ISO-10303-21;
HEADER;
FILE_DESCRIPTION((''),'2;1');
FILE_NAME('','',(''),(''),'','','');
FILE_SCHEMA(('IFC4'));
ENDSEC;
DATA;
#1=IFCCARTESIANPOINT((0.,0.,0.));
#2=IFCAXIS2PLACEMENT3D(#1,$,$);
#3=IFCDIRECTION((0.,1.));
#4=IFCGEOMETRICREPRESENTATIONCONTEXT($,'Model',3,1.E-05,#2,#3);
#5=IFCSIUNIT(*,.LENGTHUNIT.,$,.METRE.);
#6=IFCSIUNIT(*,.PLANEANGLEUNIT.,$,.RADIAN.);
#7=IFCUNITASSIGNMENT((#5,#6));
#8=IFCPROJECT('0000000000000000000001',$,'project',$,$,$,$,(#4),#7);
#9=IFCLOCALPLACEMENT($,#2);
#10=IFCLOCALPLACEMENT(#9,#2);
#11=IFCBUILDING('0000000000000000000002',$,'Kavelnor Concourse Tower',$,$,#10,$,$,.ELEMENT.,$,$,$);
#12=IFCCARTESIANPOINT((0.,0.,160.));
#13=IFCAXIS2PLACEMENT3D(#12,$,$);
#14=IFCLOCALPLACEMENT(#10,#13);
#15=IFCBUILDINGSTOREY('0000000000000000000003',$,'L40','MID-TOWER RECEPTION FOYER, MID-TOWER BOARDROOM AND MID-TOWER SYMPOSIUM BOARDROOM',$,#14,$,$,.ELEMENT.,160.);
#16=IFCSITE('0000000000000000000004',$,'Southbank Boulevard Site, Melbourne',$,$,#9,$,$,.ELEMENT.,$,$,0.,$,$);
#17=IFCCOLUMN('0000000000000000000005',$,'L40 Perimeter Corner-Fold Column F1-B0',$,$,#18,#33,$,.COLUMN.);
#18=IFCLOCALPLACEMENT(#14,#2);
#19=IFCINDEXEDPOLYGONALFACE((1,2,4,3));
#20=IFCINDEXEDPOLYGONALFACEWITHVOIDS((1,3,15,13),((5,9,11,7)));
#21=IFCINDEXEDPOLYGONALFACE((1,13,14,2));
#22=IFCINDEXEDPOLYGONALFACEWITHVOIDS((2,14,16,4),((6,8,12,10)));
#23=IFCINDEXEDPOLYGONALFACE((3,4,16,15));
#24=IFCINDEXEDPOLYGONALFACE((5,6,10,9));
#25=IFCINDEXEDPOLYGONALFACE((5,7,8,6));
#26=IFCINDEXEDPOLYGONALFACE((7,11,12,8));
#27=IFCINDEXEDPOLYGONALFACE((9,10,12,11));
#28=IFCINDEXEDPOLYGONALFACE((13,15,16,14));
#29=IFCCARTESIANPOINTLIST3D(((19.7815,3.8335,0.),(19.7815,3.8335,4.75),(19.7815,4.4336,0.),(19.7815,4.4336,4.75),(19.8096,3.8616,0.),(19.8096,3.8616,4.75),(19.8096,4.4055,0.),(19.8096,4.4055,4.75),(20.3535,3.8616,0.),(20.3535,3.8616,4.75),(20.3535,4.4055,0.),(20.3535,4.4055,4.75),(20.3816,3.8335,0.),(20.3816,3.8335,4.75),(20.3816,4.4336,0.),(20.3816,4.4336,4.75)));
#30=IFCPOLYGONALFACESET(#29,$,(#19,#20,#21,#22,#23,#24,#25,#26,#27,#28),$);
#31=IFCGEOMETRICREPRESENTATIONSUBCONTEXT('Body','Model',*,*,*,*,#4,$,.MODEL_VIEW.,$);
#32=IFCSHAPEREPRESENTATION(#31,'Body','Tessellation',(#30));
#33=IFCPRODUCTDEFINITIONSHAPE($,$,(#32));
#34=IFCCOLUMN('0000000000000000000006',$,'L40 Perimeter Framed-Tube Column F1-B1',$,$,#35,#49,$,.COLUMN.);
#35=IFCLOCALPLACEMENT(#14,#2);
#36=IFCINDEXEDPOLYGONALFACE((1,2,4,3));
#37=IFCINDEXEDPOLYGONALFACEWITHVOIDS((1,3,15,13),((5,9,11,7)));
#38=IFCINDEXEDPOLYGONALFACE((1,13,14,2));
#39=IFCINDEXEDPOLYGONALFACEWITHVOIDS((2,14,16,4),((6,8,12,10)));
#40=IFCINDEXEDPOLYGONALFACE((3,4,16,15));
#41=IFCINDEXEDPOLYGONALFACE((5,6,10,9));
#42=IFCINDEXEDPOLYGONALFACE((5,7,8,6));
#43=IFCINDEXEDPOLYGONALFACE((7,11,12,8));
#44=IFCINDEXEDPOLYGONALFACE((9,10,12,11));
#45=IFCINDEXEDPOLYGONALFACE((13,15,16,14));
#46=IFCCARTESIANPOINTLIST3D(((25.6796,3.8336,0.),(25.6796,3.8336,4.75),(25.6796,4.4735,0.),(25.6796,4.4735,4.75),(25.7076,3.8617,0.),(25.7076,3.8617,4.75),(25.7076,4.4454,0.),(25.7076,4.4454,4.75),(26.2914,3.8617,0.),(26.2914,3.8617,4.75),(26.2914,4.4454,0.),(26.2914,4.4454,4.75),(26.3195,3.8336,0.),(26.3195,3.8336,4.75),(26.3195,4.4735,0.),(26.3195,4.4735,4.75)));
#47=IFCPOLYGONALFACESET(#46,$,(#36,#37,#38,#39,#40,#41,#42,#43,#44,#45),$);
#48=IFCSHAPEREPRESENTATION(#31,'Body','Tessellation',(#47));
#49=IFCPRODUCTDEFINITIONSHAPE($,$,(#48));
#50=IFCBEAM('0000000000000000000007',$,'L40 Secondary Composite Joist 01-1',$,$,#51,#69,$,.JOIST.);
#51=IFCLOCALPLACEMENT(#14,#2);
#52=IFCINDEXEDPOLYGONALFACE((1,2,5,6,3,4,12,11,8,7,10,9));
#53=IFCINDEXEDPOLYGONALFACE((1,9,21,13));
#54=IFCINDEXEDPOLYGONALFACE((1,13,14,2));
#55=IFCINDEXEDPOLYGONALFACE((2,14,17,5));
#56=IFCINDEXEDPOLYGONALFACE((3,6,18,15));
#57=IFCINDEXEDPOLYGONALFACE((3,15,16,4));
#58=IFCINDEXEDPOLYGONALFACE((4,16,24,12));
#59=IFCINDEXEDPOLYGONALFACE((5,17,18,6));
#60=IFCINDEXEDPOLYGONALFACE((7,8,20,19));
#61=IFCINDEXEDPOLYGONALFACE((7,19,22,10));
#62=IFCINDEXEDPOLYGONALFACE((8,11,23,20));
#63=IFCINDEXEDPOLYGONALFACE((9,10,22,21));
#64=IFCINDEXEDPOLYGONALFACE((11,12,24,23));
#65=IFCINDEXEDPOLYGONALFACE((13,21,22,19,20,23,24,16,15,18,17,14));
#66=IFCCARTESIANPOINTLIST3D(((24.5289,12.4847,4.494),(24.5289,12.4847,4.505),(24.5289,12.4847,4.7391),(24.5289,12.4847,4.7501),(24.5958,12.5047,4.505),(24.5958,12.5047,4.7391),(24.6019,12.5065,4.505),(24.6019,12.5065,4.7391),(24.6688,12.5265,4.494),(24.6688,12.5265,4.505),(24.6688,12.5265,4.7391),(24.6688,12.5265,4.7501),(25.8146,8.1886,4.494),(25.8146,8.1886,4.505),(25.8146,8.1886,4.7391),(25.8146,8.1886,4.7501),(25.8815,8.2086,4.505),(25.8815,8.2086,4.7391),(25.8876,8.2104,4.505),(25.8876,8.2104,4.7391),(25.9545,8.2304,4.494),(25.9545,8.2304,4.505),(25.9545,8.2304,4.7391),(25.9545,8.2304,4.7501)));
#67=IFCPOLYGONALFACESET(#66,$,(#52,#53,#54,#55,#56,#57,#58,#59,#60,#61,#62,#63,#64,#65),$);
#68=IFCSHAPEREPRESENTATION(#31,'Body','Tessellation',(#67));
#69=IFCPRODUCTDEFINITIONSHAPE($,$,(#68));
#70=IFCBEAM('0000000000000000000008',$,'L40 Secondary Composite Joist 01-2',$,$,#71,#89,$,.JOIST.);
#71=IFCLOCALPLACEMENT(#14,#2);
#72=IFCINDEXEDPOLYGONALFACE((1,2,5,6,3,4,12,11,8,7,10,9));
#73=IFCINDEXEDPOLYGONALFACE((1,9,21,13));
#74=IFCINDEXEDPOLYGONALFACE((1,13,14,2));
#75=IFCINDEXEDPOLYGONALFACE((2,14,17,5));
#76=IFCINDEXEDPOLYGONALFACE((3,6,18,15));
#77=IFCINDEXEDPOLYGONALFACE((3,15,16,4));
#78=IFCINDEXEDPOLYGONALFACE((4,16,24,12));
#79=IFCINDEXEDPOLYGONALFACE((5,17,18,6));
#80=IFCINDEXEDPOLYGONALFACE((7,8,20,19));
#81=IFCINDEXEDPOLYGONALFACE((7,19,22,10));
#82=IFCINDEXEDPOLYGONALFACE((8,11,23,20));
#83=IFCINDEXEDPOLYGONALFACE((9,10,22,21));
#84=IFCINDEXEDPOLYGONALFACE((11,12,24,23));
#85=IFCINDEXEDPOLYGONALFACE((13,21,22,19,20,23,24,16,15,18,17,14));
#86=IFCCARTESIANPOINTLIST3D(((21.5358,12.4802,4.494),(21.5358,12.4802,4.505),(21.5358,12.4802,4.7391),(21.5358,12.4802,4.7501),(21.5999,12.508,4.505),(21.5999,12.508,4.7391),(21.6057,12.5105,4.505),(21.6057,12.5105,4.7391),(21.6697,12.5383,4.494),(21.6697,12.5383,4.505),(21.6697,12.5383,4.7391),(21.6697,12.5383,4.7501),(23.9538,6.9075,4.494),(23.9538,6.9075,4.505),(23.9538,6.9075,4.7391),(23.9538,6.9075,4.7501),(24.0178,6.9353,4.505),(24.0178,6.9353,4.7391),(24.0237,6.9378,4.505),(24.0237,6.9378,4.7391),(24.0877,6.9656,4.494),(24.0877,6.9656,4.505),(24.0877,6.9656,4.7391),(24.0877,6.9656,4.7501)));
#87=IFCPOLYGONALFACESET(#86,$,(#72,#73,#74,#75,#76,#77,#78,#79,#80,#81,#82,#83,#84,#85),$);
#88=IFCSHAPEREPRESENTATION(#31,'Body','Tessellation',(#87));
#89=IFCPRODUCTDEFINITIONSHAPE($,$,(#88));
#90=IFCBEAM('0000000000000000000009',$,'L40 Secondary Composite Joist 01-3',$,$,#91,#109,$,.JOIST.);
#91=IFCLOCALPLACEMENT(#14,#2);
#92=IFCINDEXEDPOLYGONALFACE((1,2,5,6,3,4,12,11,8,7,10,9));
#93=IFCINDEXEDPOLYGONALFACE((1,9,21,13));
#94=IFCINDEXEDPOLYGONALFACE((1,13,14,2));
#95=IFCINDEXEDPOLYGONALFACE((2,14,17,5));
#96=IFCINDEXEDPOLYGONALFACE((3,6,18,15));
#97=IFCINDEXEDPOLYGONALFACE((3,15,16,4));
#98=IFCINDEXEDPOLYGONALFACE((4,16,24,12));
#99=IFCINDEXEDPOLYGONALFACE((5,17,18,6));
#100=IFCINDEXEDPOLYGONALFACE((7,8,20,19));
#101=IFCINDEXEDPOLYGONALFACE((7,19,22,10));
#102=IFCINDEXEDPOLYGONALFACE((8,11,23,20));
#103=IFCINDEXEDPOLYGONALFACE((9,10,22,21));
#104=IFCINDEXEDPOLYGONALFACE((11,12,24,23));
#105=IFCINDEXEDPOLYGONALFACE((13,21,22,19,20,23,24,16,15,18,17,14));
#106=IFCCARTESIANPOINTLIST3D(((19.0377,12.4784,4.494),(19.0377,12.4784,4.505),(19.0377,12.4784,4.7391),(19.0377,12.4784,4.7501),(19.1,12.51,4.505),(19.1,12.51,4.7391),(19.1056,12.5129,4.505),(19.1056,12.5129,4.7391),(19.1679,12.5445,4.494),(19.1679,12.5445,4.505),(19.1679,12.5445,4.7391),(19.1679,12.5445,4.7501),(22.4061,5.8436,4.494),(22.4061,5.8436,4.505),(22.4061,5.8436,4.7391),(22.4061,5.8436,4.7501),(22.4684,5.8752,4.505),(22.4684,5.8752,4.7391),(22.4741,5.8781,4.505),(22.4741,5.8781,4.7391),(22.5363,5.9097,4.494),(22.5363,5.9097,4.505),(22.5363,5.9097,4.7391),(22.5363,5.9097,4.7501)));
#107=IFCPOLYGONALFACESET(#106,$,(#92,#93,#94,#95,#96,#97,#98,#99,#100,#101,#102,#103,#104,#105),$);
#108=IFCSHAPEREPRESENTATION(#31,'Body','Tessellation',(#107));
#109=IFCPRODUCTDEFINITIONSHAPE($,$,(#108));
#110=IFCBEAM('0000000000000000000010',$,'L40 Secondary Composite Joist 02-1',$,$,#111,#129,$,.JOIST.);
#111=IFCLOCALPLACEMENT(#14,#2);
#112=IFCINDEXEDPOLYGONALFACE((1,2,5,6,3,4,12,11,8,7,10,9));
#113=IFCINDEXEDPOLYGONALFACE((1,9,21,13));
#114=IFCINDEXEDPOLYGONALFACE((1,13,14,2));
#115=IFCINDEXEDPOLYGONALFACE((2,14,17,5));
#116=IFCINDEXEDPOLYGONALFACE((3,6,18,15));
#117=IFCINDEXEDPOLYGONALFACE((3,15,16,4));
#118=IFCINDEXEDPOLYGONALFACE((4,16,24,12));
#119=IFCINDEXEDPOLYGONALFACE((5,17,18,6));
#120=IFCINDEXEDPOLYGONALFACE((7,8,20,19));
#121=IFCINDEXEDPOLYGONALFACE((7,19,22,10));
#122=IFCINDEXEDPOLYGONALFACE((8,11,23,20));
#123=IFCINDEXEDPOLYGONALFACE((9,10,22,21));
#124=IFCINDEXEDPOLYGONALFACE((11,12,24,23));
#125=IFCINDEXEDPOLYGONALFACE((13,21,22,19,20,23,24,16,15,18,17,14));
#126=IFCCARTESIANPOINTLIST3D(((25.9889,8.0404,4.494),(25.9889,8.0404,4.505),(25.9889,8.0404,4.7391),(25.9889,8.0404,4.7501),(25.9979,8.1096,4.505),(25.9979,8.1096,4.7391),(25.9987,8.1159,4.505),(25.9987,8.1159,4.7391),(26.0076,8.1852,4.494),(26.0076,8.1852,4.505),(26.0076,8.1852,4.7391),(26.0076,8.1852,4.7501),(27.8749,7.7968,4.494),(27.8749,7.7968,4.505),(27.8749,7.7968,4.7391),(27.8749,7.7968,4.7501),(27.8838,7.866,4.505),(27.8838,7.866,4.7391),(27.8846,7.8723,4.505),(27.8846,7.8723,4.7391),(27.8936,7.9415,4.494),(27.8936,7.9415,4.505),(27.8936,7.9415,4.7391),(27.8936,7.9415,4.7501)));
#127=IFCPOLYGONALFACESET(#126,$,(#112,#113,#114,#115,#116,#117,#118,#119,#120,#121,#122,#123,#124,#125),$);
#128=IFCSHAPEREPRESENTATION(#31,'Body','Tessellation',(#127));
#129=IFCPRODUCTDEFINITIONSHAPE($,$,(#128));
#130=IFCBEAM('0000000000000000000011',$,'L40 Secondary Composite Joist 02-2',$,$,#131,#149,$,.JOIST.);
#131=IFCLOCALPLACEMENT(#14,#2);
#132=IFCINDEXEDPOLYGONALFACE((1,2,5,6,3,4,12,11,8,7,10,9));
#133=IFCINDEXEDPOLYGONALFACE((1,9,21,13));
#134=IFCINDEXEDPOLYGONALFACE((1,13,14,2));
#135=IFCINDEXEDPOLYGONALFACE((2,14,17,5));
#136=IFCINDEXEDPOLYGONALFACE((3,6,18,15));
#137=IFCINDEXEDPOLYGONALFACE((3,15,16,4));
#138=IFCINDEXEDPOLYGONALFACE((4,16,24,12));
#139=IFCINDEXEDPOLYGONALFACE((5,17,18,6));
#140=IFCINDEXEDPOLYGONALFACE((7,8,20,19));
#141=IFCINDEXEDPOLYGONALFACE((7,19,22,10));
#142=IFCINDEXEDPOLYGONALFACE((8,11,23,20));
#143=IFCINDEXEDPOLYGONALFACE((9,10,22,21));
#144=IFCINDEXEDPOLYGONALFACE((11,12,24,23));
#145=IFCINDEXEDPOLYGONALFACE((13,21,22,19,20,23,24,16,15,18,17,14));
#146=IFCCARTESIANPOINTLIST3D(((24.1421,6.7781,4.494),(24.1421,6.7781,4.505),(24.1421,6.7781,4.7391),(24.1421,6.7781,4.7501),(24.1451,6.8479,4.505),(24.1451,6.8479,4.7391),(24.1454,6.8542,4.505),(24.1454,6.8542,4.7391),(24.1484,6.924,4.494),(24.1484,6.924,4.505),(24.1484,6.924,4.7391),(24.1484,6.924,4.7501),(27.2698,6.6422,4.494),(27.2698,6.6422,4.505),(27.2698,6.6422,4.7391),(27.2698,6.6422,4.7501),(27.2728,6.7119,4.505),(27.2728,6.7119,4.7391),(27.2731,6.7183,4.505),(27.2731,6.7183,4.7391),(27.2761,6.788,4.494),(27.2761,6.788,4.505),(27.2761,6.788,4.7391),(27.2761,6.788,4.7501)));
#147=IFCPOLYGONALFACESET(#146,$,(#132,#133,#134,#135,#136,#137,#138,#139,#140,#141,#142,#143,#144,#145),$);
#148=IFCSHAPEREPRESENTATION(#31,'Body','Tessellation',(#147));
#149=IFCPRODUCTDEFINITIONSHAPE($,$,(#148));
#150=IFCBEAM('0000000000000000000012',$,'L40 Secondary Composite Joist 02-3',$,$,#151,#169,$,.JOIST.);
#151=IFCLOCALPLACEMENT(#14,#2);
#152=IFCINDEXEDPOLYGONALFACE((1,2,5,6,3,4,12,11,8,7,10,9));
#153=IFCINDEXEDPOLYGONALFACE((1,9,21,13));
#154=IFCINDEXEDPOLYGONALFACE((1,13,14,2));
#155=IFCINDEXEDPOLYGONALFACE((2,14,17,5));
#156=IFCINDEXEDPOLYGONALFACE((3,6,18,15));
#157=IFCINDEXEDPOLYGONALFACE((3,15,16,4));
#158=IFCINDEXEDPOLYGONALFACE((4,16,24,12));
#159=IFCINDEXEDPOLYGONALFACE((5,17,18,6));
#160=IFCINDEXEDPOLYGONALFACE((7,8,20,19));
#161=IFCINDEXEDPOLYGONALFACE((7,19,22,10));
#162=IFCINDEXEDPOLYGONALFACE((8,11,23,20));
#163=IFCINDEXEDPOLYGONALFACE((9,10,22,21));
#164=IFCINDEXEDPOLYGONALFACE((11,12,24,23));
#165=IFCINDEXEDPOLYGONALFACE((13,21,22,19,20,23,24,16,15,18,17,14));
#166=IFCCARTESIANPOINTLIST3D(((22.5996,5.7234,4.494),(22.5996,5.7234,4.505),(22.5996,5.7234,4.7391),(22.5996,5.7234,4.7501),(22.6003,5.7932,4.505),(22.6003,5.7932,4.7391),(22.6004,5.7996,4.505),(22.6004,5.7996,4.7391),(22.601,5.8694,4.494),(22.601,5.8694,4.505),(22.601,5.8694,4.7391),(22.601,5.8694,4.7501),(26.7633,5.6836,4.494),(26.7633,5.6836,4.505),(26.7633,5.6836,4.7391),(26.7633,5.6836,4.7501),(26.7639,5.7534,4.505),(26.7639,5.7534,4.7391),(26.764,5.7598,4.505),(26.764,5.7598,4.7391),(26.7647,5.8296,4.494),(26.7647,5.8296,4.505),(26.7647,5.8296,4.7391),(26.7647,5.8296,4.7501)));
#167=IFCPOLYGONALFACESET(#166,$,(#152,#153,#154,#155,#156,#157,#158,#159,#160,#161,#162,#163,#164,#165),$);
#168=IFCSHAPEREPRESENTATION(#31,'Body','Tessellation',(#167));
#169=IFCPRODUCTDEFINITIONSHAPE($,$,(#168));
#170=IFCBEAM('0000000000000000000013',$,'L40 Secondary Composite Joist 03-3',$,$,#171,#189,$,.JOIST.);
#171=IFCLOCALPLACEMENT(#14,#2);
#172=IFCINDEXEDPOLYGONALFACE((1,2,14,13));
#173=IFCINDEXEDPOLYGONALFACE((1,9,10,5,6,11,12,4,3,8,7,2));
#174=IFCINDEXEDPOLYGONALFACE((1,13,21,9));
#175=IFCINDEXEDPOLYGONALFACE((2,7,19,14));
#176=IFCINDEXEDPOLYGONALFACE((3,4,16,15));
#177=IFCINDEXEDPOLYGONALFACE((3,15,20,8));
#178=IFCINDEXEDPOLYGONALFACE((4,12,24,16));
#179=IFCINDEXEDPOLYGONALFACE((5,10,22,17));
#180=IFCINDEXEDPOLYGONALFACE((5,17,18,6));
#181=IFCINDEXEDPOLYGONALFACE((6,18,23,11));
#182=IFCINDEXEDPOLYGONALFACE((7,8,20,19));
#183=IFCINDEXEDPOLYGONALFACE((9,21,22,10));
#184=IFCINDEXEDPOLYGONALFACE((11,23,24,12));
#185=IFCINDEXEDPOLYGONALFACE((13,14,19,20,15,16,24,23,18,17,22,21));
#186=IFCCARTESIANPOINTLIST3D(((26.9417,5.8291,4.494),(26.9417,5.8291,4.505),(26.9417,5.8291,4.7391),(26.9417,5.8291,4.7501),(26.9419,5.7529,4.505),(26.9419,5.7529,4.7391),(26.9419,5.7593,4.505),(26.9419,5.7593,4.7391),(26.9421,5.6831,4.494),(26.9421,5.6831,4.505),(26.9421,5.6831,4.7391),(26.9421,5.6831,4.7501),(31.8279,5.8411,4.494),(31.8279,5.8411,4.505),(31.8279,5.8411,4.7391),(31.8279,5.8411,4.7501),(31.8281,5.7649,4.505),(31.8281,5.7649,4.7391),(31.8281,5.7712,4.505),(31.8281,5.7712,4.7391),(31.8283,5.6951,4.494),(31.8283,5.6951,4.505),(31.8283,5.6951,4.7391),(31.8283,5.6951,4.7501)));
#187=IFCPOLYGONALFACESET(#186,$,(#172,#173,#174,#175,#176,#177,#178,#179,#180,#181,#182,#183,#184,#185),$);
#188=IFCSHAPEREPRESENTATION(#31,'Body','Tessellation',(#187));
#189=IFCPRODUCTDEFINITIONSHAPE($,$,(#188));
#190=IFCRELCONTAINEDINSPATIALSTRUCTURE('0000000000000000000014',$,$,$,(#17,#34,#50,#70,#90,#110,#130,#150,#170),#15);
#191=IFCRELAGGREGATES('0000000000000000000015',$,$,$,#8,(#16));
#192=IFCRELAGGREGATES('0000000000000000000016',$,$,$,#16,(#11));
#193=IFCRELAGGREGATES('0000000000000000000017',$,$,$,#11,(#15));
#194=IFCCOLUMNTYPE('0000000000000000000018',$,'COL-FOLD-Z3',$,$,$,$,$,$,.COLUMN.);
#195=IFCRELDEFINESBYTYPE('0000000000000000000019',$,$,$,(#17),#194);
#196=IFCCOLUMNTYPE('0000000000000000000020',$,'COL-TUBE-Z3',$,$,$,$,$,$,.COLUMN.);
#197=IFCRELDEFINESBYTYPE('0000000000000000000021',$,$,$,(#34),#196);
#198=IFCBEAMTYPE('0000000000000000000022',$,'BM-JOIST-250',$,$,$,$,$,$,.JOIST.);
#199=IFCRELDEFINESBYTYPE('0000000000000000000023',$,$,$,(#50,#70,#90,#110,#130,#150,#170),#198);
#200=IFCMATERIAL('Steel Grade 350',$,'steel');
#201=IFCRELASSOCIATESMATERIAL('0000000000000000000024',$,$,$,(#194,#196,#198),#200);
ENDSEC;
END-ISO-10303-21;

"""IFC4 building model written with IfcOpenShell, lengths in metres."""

from ifc_helpers import new_model, si_unit, direction, frame, origin, origin_2d, place, context, subcontext, project, spatial, hollow_rectangle, i_section, extrude, material, material_profile, profile_set, type_object, element, save


model = new_model("IFC4")

# Units and contexts
model_context = context("Model", 3, precision=1e-05, world=origin(), true_north=direction((0.0, 1.0)))
body_context = subcontext(model_context, "Body", "Model", "MODEL_VIEW")
ifc_project = project(units=[si_unit("LENGTHUNIT", "METRE"), si_unit("PLANEANGLEUNIT", "RADIAN")], contexts=[model_context])

# Site, building, storey
site_placement = place(None, origin())
site = spatial("IfcSite", under=ifc_project, at=site_placement, Name="Southbank Boulevard Site, Melbourne", CompositionType="ELEMENT", RefElevation=0.0)
building_placement = place(site_placement, origin())
building = spatial("IfcBuilding", under=site, at=building_placement, Name="Kavelnor Concourse Tower", CompositionType="ELEMENT")
storey_placement = place(building_placement, frame((0.0, 0.0, 160.0)))
storey = spatial("IfcBuildingStorey", under=building, at=storey_placement, Name="L40", Description="MID-TOWER RECEPTION FOYER, MID-TOWER BOARDROOM AND MID-TOWER SYMPOSIUM BOARDROOM", CompositionType="ELEMENT", Elevation=160.0)

# Columns
ifc_material_1 = material(Name="Steel Grade 350", Category="steel")
ifc_material_profile_1 = material_profile(ifc_material_1, hollow_rectangle(XDim=0.6001, YDim=0.6001, WallThickness=0.0281, at=origin_2d()), Name="SHS 600x600x28")
ifc_profile_set_1 = profile_set([ifc_material_profile_1], Name="Steel Grade 350")
column_type_1 = type_object("IfcColumnType", Name="COL-FOLD-Z3", PredefinedType="COLUMN", material=ifc_profile_set_1)
column_1_placement = place(storey_placement, frame((20.0815, 4.1335, 0.0), z_axis=(0.0, 0.0, 1.0), x_axis=(1.0, 0.0, 0.0)))
element("IfcColumn", 1, at=column_1_placement, inside=storey, type_object=column_type_1, Name="L40 Perimeter Corner-Fold Column F1-B0", PredefinedType="COLUMN", context=body_context, shape_type="SweptSolid", body=[
    extrude(hollow_rectangle(XDim=0.6001, YDim=0.6001, WallThickness=0.0281, at=origin_2d()), origin(), (0.0, 0.0, 1.0), 4.75),
])
ifc_material_profile_2 = material_profile(ifc_material_1, hollow_rectangle(XDim=0.6399, YDim=0.6399, WallThickness=0.0281, at=origin_2d()), Name="SHS 640x640x28")
ifc_profile_set_2 = profile_set([ifc_material_profile_2], Name="Steel Grade 350")
column_type_2 = type_object("IfcColumnType", Name="COL-TUBE-Z3", PredefinedType="COLUMN", material=ifc_profile_set_2)
column_2_placement = place(storey_placement, frame((25.9995, 4.1536, 0.0), z_axis=(0.0, 0.0, 1.0), x_axis=(1.0, 0.0, 0.0)))
element("IfcColumn", 2, at=column_2_placement, inside=storey, type_object=column_type_2, Name="L40 Perimeter Framed-Tube Column F1-B1", PredefinedType="COLUMN", context=body_context, shape_type="SweptSolid", body=[
    extrude(hollow_rectangle(XDim=0.6399, YDim=0.6399, WallThickness=0.0281, at=origin_2d()), origin(), (0.0, 0.0, 1.0), 4.75),
])

# Beams
ifc_material_profile_3 = material_profile(ifc_material_1, i_section(OverallWidth=0.146, OverallDepth=0.2561, WebThickness=0.0063, FlangeThickness=0.011, at=origin_2d()), Name="250UB37")
ifc_profile_set_3 = profile_set([ifc_material_profile_3], Name="Steel Grade 350")
beam_type_1 = type_object("IfcBeamType", Name="BM-JOIST-250", PredefinedType="JOIST", material=ifc_profile_set_3)
beam_1_placement = place(storey_placement, frame((24.5989, 12.5056, 4.6221), z_axis=(0.286694, -0.958022, 0.0), x_axis=(0.958022, 0.286694, 0.0)))
element("IfcBeam", 3, at=beam_1_placement, inside=storey, type_object=beam_type_1, Name="L40 Secondary Composite Joist 01-1", PredefinedType="JOIST", context=body_context, shape_type="SweptSolid", body=[
    extrude(i_section(OverallWidth=0.146, OverallDepth=0.2561, WebThickness=0.0063, FlangeThickness=0.011, at=origin_2d()), origin(), (0.0, 0.0, 1.0), 4.4844),
])
beam_2_placement = place(storey_placement, frame((21.6028, 12.5093, 4.6221), z_axis=(0.398038, -0.917369, 0.0), x_axis=(0.917369, 0.398038, 0.0)))
element("IfcBeam", 4, at=beam_2_placement, inside=storey, type_object=beam_type_1, Name="L40 Secondary Composite Joist 01-2", PredefinedType="JOIST", context=body_context, shape_type="SweptSolid", body=[
    extrude(i_section(OverallWidth=0.146, OverallDepth=0.2561, WebThickness=0.0063, FlangeThickness=0.011, at=origin_2d()), origin(), (0.0, 0.0, 1.0), 6.0747),
])
beam_3_placement = place(storey_placement, frame((19.1028, 12.5115, 4.6221), z_axis=(0.452691, -0.891667, 0.0), x_axis=(0.891667, 0.452691, 0.0)))
element("IfcBeam", 5, at=beam_3_placement, inside=storey, type_object=beam_type_1, Name="L40 Secondary Composite Joist 01-3", PredefinedType="JOIST", context=body_context, shape_type="SweptSolid", body=[
    extrude(i_section(OverallWidth=0.146, OverallDepth=0.2561, WebThickness=0.0063, FlangeThickness=0.011, at=origin_2d()), origin(), (0.0, 0.0, 1.0), 7.4409),
])
beam_4_placement = place(storey_placement, frame((25.9983, 8.1128, 4.6221), z_axis=(0.991758, -0.128126, 0.0), x_axis=(0.128126, 0.991758, 0.0)))
element("IfcBeam", 6, at=beam_4_placement, inside=storey, type_object=beam_type_1, Name="L40 Secondary Composite Joist 02-1", PredefinedType="JOIST", context=body_context, shape_type="SweptSolid", body=[
    extrude(i_section(OverallWidth=0.146, OverallDepth=0.2561, WebThickness=0.0063, FlangeThickness=0.011, at=origin_2d()), origin(), (0.0, 0.0, 1.0), 1.9016),
])
beam_5_placement = place(storey_placement, frame((24.1453, 6.8511, 4.6221), z_axis=(0.999056, -0.043437, 0.0), x_axis=(0.043437, 0.999056, 0.0)))
element("IfcBeam", 7, at=beam_5_placement, inside=storey, type_object=beam_type_1, Name="L40 Secondary Composite Joist 02-2", PredefinedType="JOIST", context=body_context, shape_type="SweptSolid", body=[
    extrude(i_section(OverallWidth=0.146, OverallDepth=0.2561, WebThickness=0.0063, FlangeThickness=0.011, at=origin_2d()), origin(), (0.0, 0.0, 1.0), 3.1306),
])
beam_6_placement = place(storey_placement, frame((22.6003, 5.7964, 4.6221), z_axis=(0.999954, -0.009557, 0.0), x_axis=(0.009557, 0.999954, 0.0)))
element("IfcBeam", 8, at=beam_6_placement, inside=storey, type_object=beam_type_1, Name="L40 Secondary Composite Joist 02-3", PredefinedType="JOIST", context=body_context, shape_type="SweptSolid", body=[
    extrude(i_section(OverallWidth=0.146, OverallDepth=0.2561, WebThickness=0.0063, FlangeThickness=0.011, at=origin_2d()), origin(), (0.0, 0.0, 1.0), 4.1638),
])
beam_7_placement = place(storey_placement, frame((26.9419, 5.7561, 4.6221), z_axis=(0.999997, 0.002448, 0.0), x_axis=(-0.002448, 0.999997, 0.0)))
element("IfcBeam", 9, at=beam_7_placement, inside=storey, type_object=beam_type_1, Name="L40 Secondary Composite Joist 03-3", PredefinedType="JOIST", context=body_context, shape_type="SweptSolid", body=[
    extrude(i_section(OverallWidth=0.146, OverallDepth=0.2561, WebThickness=0.0063, FlangeThickness=0.011, at=origin_2d()), origin(), (0.0, 0.0, 1.0), 4.8862),
])

save(model, "model.ifc")
